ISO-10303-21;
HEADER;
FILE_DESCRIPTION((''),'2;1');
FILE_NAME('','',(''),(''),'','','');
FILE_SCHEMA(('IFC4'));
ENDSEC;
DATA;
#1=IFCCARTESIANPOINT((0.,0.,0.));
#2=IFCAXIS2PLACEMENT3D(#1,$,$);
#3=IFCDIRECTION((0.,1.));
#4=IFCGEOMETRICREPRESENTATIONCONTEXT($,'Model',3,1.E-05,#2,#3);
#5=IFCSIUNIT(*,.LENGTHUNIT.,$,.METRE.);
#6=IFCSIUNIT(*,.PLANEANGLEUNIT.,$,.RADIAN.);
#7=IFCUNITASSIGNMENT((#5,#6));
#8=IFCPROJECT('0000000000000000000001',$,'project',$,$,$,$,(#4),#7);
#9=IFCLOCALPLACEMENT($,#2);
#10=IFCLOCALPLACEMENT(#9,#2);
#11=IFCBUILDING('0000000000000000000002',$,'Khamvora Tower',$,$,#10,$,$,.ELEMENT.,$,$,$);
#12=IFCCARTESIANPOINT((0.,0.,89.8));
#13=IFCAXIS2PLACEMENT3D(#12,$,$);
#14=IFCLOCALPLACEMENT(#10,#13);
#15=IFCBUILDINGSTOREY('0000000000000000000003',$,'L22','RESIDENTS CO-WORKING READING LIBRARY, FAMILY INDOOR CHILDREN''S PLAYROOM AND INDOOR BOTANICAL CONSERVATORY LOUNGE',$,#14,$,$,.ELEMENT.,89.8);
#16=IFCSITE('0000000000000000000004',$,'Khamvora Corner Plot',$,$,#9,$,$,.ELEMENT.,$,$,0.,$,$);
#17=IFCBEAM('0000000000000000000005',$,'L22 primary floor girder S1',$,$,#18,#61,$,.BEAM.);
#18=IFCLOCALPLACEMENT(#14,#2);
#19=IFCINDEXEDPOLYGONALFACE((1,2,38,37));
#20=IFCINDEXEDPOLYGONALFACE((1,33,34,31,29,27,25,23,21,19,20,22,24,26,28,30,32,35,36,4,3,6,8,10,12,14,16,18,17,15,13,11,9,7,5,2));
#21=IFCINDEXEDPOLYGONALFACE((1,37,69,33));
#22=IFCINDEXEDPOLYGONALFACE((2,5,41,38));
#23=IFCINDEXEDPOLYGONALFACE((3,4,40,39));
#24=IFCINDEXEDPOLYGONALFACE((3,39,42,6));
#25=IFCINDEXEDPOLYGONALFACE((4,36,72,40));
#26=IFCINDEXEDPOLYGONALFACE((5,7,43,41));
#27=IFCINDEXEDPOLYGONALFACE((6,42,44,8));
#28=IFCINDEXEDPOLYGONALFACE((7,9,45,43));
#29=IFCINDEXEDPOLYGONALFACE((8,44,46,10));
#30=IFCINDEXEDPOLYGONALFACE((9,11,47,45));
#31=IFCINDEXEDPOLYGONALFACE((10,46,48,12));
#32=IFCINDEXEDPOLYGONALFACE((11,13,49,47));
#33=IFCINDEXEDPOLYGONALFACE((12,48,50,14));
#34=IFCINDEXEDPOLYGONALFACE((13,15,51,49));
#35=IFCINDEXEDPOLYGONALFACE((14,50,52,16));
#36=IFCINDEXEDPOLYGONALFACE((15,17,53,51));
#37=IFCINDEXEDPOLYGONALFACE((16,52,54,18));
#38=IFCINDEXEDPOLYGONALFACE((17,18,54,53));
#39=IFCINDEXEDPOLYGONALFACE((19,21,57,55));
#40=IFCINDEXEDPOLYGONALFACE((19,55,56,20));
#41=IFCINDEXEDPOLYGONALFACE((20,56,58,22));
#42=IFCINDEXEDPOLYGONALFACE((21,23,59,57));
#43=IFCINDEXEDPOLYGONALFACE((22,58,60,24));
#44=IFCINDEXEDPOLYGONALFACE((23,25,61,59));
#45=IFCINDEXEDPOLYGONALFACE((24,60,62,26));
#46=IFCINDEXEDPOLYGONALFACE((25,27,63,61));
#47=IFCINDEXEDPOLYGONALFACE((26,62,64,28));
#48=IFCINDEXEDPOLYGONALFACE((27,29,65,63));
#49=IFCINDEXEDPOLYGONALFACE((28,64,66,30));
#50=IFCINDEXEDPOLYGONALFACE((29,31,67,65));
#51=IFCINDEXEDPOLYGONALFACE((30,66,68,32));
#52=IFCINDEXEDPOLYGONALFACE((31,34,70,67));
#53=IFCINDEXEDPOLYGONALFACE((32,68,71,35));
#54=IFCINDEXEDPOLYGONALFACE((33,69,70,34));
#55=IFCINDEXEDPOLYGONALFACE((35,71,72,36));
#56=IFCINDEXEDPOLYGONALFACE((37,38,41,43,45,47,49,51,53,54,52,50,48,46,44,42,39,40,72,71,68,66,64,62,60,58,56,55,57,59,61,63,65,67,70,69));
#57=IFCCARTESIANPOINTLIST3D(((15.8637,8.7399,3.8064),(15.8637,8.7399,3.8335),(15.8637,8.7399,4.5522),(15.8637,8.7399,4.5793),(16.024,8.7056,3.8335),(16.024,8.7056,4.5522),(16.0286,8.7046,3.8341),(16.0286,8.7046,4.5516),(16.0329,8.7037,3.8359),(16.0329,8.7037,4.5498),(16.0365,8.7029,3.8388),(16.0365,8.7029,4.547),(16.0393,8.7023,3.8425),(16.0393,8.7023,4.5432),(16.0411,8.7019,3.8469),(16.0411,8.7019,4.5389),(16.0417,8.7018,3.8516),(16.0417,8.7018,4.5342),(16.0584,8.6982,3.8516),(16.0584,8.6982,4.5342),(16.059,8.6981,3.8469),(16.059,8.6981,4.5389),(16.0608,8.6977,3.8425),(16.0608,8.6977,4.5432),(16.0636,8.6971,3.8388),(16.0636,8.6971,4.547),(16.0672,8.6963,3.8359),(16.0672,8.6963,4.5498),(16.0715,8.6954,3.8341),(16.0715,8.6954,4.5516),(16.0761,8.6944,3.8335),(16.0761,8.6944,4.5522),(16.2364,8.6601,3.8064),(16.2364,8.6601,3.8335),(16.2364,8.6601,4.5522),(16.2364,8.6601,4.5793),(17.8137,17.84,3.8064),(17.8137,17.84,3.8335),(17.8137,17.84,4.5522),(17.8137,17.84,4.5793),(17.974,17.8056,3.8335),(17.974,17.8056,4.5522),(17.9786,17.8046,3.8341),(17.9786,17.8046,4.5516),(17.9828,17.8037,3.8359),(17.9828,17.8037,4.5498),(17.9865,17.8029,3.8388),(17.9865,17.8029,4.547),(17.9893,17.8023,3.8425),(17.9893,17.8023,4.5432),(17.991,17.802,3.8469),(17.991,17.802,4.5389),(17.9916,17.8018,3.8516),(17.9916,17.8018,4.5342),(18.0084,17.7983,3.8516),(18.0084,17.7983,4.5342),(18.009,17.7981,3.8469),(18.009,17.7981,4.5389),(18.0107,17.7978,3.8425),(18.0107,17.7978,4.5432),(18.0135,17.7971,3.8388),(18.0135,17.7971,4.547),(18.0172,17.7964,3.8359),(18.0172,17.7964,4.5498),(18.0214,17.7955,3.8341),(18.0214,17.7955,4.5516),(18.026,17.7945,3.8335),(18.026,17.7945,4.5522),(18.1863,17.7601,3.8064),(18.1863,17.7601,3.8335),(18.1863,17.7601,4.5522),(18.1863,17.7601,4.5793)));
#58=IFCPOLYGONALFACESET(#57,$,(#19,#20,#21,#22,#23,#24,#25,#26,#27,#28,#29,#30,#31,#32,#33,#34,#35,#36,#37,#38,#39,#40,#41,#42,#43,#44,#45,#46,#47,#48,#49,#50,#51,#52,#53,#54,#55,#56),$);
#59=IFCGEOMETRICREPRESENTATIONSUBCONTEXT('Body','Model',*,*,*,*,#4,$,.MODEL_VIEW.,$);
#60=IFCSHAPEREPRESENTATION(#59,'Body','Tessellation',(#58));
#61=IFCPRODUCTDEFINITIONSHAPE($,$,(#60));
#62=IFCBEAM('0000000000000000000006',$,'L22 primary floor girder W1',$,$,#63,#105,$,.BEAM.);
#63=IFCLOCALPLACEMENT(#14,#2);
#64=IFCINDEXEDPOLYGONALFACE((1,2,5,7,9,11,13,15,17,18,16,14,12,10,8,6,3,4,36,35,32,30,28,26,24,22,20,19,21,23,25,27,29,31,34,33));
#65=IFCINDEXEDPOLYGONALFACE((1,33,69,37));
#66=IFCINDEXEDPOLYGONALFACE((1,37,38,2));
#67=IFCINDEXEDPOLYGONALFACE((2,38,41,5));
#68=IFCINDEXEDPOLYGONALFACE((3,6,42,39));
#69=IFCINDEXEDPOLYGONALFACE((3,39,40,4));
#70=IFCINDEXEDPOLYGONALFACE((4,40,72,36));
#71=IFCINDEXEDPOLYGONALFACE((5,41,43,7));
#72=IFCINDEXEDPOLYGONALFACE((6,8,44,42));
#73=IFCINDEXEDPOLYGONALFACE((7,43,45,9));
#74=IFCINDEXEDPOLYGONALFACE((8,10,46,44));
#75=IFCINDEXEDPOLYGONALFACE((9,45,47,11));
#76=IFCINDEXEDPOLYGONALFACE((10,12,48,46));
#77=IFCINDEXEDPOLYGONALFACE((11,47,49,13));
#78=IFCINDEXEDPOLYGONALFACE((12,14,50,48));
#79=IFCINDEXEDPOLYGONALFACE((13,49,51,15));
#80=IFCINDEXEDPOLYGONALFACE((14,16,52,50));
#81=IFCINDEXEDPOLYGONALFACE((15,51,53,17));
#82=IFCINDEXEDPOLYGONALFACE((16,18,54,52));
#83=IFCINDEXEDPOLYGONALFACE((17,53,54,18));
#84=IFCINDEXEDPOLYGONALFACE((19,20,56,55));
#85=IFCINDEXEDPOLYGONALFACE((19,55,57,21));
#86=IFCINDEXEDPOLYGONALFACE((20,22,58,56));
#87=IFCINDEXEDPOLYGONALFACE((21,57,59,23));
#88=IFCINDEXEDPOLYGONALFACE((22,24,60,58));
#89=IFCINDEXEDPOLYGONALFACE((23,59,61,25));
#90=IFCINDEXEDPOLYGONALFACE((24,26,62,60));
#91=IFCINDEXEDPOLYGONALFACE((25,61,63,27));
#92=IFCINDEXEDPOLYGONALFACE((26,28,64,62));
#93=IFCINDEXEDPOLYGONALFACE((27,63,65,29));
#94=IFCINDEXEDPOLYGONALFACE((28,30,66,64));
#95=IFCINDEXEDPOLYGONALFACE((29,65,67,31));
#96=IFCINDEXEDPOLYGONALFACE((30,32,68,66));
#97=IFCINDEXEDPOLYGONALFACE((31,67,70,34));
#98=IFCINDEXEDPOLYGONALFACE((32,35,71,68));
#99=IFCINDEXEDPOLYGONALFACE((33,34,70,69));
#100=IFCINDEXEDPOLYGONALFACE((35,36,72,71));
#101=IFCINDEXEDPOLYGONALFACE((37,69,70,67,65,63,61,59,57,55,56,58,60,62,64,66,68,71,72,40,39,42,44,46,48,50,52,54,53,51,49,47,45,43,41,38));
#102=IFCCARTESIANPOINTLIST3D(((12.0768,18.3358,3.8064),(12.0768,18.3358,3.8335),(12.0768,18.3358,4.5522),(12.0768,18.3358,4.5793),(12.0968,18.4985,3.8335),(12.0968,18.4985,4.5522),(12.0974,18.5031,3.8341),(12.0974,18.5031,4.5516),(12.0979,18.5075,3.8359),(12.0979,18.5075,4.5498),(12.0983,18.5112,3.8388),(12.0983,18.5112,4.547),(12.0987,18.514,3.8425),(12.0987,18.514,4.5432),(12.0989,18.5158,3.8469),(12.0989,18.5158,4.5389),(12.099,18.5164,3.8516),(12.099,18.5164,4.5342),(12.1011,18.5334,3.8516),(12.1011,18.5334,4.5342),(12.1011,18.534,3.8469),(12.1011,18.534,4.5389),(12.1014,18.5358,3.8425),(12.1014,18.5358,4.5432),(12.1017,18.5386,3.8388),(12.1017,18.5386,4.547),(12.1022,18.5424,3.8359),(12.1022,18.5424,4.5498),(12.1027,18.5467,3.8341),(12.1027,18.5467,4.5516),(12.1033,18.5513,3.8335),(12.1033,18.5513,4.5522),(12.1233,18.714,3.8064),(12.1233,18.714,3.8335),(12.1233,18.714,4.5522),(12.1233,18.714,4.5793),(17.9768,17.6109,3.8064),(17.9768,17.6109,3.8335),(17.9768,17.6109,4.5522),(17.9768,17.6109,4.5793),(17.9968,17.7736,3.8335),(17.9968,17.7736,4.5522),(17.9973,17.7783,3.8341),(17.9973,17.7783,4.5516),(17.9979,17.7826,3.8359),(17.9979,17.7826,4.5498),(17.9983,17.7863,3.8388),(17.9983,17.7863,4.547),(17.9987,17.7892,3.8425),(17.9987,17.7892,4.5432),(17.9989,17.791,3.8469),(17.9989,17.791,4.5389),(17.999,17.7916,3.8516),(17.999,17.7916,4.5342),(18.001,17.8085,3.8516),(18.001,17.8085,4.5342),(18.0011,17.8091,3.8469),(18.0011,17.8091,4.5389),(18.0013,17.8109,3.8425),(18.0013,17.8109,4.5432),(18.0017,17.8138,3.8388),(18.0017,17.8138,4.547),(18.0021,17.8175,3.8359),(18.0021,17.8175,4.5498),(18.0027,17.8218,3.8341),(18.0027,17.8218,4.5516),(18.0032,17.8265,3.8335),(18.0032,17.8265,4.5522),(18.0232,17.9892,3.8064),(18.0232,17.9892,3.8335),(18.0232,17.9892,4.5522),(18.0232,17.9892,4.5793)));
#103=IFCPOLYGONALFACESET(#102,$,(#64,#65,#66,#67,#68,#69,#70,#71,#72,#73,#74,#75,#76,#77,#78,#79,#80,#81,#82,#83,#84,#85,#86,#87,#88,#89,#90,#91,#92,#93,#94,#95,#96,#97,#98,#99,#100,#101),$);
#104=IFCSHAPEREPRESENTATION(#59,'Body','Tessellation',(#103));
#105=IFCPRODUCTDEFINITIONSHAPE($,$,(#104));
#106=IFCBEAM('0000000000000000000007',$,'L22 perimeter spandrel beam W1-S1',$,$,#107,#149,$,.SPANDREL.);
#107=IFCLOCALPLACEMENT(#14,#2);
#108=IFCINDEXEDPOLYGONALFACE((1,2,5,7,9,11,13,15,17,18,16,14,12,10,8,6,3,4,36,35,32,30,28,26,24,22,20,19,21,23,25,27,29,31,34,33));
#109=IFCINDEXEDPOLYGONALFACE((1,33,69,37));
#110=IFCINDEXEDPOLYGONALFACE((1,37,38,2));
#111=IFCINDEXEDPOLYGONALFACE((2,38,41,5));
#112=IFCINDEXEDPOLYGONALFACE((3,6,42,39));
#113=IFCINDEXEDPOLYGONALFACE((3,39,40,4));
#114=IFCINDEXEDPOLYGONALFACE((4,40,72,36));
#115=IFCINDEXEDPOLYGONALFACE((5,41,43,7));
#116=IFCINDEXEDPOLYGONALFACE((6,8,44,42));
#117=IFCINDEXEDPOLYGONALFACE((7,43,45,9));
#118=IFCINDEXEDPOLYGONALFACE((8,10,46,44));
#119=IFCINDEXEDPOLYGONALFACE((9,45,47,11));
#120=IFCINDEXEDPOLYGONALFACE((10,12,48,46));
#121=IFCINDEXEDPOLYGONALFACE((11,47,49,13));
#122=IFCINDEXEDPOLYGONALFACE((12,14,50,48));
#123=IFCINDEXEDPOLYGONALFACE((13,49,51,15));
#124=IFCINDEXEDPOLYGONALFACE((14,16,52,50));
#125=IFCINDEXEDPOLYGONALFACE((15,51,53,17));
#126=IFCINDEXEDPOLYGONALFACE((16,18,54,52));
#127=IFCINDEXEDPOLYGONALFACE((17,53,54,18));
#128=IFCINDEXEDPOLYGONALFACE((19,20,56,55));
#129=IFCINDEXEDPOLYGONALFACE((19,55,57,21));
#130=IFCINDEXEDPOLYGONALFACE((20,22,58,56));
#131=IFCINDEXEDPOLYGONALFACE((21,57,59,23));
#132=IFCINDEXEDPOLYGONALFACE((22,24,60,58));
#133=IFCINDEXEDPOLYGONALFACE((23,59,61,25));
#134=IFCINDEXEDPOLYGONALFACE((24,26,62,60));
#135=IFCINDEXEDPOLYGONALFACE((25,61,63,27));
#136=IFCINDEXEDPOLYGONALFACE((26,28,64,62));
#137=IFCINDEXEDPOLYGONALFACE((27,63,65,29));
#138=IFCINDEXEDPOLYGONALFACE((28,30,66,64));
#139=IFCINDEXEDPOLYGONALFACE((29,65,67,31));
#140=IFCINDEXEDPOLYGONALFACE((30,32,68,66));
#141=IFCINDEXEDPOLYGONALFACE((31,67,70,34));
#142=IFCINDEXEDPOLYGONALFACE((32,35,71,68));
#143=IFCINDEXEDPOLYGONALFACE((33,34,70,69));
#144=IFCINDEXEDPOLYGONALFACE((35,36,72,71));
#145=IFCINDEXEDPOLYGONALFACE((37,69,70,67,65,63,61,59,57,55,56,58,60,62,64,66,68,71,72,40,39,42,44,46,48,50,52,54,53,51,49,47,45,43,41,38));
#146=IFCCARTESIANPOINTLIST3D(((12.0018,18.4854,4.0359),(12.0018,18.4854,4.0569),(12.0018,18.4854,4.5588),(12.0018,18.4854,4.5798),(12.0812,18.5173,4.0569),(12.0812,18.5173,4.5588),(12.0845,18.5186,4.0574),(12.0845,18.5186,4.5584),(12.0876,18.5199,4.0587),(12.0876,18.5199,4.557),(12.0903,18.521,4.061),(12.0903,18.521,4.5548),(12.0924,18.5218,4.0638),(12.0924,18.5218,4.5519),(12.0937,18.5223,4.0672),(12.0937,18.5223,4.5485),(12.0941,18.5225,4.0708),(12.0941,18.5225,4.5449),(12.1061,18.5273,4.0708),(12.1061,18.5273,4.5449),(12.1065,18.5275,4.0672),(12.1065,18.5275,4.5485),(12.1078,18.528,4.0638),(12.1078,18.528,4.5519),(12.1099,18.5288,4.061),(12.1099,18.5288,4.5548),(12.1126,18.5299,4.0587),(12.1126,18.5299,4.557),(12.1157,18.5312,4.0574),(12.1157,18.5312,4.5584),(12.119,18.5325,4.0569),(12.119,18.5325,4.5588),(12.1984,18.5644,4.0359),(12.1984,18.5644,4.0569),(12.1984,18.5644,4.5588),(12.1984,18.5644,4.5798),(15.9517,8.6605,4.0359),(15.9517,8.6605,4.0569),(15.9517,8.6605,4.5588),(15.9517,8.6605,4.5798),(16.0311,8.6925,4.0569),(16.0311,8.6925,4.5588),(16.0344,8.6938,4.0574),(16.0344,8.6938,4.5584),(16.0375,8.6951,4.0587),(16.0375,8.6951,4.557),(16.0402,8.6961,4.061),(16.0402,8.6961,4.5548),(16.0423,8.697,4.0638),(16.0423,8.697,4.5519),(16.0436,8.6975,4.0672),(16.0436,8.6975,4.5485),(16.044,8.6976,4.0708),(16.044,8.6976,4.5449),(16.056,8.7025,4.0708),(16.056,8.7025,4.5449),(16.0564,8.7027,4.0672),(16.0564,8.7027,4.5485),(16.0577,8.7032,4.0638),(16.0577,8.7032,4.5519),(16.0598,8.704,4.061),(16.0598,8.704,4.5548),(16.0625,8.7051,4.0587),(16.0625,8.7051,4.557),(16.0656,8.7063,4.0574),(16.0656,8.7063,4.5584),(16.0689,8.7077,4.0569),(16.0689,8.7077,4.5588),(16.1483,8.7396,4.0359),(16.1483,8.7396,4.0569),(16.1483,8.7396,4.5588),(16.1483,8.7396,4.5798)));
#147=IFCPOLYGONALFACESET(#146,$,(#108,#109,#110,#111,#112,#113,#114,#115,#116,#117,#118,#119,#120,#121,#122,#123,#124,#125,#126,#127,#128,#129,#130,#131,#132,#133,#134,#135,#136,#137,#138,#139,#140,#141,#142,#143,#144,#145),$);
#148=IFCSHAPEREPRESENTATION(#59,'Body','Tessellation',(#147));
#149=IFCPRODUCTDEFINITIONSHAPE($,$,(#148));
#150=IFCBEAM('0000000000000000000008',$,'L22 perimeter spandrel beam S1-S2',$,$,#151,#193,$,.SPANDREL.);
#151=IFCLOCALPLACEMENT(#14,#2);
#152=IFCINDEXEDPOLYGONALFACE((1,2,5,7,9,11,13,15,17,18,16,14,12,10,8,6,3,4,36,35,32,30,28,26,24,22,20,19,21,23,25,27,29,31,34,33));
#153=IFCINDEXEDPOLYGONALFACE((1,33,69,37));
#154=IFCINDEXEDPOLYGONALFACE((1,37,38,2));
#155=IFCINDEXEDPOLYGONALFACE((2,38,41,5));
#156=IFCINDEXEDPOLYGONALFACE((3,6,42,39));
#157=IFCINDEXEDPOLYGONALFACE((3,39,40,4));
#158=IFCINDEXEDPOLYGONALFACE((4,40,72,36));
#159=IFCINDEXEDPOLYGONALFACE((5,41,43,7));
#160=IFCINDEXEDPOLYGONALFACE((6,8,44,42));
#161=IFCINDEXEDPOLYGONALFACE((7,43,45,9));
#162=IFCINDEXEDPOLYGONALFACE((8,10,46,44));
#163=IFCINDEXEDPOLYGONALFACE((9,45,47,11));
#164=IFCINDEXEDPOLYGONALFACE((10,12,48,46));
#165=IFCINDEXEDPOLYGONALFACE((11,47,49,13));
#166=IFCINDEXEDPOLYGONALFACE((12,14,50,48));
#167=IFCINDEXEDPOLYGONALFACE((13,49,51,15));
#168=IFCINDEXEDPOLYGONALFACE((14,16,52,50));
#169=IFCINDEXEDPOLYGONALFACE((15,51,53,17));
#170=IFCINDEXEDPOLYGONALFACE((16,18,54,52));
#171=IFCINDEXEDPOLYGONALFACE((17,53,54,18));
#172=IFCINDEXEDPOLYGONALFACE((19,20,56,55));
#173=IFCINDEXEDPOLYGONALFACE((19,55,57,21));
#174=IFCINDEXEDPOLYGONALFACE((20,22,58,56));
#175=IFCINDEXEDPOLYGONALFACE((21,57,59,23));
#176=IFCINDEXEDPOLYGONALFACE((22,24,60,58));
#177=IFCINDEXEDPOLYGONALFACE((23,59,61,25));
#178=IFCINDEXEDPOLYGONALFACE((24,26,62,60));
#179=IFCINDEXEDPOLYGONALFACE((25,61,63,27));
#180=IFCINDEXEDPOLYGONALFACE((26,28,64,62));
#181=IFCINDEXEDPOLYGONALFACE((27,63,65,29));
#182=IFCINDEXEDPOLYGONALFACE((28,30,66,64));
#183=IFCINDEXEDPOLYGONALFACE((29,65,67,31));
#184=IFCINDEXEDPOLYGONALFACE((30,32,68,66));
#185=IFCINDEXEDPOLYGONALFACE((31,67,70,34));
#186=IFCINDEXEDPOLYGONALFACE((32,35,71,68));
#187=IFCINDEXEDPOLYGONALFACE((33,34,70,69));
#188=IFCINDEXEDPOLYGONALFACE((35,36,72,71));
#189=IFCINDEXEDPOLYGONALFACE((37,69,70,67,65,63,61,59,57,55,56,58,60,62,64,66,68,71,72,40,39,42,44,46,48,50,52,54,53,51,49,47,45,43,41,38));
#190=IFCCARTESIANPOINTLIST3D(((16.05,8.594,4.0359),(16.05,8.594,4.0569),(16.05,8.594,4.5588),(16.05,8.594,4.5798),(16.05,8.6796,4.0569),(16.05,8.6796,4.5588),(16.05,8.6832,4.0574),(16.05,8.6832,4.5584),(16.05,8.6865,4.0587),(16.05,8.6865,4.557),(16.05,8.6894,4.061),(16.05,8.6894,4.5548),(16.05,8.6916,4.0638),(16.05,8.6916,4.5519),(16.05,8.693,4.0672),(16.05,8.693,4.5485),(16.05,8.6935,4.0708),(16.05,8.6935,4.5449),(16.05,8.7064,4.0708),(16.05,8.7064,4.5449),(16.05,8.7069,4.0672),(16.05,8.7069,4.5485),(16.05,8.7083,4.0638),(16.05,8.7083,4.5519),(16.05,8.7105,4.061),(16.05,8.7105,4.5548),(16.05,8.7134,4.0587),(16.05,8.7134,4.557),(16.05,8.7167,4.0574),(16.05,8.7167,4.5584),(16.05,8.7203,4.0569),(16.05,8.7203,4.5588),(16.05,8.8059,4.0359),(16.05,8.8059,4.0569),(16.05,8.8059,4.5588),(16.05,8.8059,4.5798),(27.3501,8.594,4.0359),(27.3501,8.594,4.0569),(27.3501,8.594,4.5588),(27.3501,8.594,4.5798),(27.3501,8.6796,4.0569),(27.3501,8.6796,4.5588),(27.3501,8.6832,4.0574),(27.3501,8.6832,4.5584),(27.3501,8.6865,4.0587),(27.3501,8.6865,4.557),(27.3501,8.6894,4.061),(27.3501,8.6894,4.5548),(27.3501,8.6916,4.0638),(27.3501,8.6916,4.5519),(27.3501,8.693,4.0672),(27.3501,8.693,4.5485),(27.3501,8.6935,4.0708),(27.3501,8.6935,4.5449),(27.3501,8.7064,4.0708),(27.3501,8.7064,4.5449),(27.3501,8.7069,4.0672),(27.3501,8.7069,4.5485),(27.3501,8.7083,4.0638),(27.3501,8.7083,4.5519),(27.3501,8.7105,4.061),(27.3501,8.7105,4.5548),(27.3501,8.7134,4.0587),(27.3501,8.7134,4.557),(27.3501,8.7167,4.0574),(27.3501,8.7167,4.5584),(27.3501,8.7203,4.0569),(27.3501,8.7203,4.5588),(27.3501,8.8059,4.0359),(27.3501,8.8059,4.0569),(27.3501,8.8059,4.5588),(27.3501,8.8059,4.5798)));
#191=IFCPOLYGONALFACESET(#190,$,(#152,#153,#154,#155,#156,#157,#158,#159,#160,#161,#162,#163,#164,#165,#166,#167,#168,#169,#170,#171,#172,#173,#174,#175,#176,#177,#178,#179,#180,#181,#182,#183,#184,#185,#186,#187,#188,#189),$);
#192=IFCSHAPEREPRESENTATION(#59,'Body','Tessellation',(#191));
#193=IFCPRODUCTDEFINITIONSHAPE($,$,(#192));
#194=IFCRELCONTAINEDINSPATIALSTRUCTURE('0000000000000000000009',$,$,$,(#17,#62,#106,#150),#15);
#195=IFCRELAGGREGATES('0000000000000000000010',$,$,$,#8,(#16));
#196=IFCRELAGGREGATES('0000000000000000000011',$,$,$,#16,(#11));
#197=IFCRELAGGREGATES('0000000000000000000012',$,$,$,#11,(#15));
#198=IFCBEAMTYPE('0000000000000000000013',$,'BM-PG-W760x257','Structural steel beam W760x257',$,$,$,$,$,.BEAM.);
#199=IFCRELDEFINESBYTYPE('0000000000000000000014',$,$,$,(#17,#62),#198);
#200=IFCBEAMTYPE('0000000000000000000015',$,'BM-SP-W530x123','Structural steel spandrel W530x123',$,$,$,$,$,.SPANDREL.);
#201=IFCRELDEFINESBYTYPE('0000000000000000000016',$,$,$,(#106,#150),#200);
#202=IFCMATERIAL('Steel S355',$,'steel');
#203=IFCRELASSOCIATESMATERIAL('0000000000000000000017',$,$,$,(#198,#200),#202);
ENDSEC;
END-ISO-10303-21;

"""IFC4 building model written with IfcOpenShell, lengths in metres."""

from ifc_helpers import new_model, si_unit, direction, frame, origin, origin_2d, place, context, subcontext, project, spatial, i_section, extrude, material, material_profile, profile_set, type_object, element, save


model = new_model("IFC4")

# Units and contexts
model_context = context("Model", 3, precision=1e-05, world=origin(), true_north=direction((0.0, 1.0)))
body_context = subcontext(model_context, "Body", "Model", "MODEL_VIEW")
ifc_project = project(units=[si_unit("LENGTHUNIT", "METRE"), si_unit("PLANEANGLEUNIT", "RADIAN")], contexts=[model_context])

# Site, building, storey
site_placement = place(None, origin())
site = spatial("IfcSite", under=ifc_project, at=site_placement, Name="Khamvora Corner Plot", CompositionType="ELEMENT", RefElevation=0.0)
building_placement = place(site_placement, origin())
building = spatial("IfcBuilding", under=site, at=building_placement, Name="Khamvora Tower", CompositionType="ELEMENT")
storey_placement = place(building_placement, frame((0.0, 0.0, 89.8)))
storey = spatial("IfcBuildingStorey", under=building, at=storey_placement, Name="L22", Description="RESIDENTS CO-WORKING READING LIBRARY, FAMILY INDOOR CHILDREN'S PLAYROOM AND INDOOR BOTANICAL CONSERVATORY LOUNGE", CompositionType="ELEMENT", Elevation=89.8)

# Shared definitions
ifc_material_1 = material(Name="Steel S355", Category="steel")

# Beams
ifc_material_profile_1 = material_profile(ifc_material_1, i_section(OverallWidth=0.3811, OverallDepth=0.7729, WebThickness=0.0171, FlangeThickness=0.0271, FilletRadius=0.0181, at=origin_2d()), Name="W760x257")
ifc_profile_set_1 = profile_set([ifc_material_profile_1], Name="Steel S355")
beam_type_1 = type_object("IfcBeamType", Name="BM-PG-W760x257", Description="Structural steel beam W760x257", PredefinedType="BEAM", material=ifc_profile_set_1)
beam_1_placement = place(storey_placement, frame((18.0, 17.8, 4.1929), z_axis=(-0.209522, -0.977804, 0.0), x_axis=(0.977804, -0.209522, 0.0)))
element("IfcBeam", 1, at=beam_1_placement, inside=storey, type_object=beam_type_1, Name="L22 primary floor girder S1", PredefinedType="BEAM", context=body_context, shape_type="SweptSolid", body=[
    extrude(i_section(OverallWidth=0.3811, OverallDepth=0.7729, WebThickness=0.0171, FlangeThickness=0.0271, FilletRadius=0.0181, at=origin_2d()), origin(), (0.0, 0.0, 1.0), 9.3066),
])
beam_2_placement = place(storey_placement, frame((18.0, 17.8, 4.1929), z_axis=(-0.992537, 0.121942, 0.0), x_axis=(-0.121942, -0.992537, 0.0)))
element("IfcBeam", 2, at=beam_2_placement, inside=storey, type_object=beam_type_1, Name="L22 primary floor girder W1", PredefinedType="BEAM", context=body_context, shape_type="SweptSolid", body=[
    extrude(i_section(OverallWidth=0.3811, OverallDepth=0.7729, WebThickness=0.0171, FlangeThickness=0.0271, FilletRadius=0.0181, at=origin_2d()), origin(), (0.0, 0.0, 1.0), 5.9443),
])
ifc_material_profile_2 = material_profile(ifc_material_1, i_section(OverallWidth=0.2119, OverallDepth=0.5439, WebThickness=0.0129, FlangeThickness=0.021, FilletRadius=0.0139, at=origin_2d()), Name="W530x123")
ifc_profile_set_2 = profile_set([ifc_material_profile_2], Name="Steel S355")
beam_type_2 = type_object("IfcBeamType", Name="BM-SP-W530x123", Description="Structural steel spandrel W530x123", PredefinedType="SPANDREL", material=ifc_profile_set_2)
beam_3_placement = place(storey_placement, frame((12.1001, 18.5249, 4.3079), z_axis=(0.373016, -0.927825, 0.0), x_axis=(0.927825, 0.373016, 0.0)))
element("IfcBeam", 3, at=beam_3_placement, inside=storey, type_object=beam_type_2, Name="L22 perimeter spandrel beam W1-S1", PredefinedType="SPANDREL", context=body_context, shape_type="SweptSolid", body=[
    extrude(i_section(OverallWidth=0.2119, OverallDepth=0.5439, WebThickness=0.0129, FlangeThickness=0.021, FilletRadius=0.0139, at=origin_2d()), origin(), (0.0, 0.0, 1.0), 10.5891),
])
beam_4_placement = place(storey_placement, frame((16.05, 8.7, 4.3079), z_axis=(1.0, 0.0, 0.0), x_axis=(0.0, 1.0, 0.0)))
element("IfcBeam", 4, at=beam_4_placement, inside=storey, type_object=beam_type_2, Name="L22 perimeter spandrel beam S1-S2", PredefinedType="SPANDREL", context=body_context, shape_type="SweptSolid", body=[
    extrude(i_section(OverallWidth=0.2119, OverallDepth=0.5439, WebThickness=0.0129, FlangeThickness=0.021, FilletRadius=0.0139, at=origin_2d()), origin(), (0.0, 0.0, 1.0), 11.3),
])

save(model, "model.ifc")
